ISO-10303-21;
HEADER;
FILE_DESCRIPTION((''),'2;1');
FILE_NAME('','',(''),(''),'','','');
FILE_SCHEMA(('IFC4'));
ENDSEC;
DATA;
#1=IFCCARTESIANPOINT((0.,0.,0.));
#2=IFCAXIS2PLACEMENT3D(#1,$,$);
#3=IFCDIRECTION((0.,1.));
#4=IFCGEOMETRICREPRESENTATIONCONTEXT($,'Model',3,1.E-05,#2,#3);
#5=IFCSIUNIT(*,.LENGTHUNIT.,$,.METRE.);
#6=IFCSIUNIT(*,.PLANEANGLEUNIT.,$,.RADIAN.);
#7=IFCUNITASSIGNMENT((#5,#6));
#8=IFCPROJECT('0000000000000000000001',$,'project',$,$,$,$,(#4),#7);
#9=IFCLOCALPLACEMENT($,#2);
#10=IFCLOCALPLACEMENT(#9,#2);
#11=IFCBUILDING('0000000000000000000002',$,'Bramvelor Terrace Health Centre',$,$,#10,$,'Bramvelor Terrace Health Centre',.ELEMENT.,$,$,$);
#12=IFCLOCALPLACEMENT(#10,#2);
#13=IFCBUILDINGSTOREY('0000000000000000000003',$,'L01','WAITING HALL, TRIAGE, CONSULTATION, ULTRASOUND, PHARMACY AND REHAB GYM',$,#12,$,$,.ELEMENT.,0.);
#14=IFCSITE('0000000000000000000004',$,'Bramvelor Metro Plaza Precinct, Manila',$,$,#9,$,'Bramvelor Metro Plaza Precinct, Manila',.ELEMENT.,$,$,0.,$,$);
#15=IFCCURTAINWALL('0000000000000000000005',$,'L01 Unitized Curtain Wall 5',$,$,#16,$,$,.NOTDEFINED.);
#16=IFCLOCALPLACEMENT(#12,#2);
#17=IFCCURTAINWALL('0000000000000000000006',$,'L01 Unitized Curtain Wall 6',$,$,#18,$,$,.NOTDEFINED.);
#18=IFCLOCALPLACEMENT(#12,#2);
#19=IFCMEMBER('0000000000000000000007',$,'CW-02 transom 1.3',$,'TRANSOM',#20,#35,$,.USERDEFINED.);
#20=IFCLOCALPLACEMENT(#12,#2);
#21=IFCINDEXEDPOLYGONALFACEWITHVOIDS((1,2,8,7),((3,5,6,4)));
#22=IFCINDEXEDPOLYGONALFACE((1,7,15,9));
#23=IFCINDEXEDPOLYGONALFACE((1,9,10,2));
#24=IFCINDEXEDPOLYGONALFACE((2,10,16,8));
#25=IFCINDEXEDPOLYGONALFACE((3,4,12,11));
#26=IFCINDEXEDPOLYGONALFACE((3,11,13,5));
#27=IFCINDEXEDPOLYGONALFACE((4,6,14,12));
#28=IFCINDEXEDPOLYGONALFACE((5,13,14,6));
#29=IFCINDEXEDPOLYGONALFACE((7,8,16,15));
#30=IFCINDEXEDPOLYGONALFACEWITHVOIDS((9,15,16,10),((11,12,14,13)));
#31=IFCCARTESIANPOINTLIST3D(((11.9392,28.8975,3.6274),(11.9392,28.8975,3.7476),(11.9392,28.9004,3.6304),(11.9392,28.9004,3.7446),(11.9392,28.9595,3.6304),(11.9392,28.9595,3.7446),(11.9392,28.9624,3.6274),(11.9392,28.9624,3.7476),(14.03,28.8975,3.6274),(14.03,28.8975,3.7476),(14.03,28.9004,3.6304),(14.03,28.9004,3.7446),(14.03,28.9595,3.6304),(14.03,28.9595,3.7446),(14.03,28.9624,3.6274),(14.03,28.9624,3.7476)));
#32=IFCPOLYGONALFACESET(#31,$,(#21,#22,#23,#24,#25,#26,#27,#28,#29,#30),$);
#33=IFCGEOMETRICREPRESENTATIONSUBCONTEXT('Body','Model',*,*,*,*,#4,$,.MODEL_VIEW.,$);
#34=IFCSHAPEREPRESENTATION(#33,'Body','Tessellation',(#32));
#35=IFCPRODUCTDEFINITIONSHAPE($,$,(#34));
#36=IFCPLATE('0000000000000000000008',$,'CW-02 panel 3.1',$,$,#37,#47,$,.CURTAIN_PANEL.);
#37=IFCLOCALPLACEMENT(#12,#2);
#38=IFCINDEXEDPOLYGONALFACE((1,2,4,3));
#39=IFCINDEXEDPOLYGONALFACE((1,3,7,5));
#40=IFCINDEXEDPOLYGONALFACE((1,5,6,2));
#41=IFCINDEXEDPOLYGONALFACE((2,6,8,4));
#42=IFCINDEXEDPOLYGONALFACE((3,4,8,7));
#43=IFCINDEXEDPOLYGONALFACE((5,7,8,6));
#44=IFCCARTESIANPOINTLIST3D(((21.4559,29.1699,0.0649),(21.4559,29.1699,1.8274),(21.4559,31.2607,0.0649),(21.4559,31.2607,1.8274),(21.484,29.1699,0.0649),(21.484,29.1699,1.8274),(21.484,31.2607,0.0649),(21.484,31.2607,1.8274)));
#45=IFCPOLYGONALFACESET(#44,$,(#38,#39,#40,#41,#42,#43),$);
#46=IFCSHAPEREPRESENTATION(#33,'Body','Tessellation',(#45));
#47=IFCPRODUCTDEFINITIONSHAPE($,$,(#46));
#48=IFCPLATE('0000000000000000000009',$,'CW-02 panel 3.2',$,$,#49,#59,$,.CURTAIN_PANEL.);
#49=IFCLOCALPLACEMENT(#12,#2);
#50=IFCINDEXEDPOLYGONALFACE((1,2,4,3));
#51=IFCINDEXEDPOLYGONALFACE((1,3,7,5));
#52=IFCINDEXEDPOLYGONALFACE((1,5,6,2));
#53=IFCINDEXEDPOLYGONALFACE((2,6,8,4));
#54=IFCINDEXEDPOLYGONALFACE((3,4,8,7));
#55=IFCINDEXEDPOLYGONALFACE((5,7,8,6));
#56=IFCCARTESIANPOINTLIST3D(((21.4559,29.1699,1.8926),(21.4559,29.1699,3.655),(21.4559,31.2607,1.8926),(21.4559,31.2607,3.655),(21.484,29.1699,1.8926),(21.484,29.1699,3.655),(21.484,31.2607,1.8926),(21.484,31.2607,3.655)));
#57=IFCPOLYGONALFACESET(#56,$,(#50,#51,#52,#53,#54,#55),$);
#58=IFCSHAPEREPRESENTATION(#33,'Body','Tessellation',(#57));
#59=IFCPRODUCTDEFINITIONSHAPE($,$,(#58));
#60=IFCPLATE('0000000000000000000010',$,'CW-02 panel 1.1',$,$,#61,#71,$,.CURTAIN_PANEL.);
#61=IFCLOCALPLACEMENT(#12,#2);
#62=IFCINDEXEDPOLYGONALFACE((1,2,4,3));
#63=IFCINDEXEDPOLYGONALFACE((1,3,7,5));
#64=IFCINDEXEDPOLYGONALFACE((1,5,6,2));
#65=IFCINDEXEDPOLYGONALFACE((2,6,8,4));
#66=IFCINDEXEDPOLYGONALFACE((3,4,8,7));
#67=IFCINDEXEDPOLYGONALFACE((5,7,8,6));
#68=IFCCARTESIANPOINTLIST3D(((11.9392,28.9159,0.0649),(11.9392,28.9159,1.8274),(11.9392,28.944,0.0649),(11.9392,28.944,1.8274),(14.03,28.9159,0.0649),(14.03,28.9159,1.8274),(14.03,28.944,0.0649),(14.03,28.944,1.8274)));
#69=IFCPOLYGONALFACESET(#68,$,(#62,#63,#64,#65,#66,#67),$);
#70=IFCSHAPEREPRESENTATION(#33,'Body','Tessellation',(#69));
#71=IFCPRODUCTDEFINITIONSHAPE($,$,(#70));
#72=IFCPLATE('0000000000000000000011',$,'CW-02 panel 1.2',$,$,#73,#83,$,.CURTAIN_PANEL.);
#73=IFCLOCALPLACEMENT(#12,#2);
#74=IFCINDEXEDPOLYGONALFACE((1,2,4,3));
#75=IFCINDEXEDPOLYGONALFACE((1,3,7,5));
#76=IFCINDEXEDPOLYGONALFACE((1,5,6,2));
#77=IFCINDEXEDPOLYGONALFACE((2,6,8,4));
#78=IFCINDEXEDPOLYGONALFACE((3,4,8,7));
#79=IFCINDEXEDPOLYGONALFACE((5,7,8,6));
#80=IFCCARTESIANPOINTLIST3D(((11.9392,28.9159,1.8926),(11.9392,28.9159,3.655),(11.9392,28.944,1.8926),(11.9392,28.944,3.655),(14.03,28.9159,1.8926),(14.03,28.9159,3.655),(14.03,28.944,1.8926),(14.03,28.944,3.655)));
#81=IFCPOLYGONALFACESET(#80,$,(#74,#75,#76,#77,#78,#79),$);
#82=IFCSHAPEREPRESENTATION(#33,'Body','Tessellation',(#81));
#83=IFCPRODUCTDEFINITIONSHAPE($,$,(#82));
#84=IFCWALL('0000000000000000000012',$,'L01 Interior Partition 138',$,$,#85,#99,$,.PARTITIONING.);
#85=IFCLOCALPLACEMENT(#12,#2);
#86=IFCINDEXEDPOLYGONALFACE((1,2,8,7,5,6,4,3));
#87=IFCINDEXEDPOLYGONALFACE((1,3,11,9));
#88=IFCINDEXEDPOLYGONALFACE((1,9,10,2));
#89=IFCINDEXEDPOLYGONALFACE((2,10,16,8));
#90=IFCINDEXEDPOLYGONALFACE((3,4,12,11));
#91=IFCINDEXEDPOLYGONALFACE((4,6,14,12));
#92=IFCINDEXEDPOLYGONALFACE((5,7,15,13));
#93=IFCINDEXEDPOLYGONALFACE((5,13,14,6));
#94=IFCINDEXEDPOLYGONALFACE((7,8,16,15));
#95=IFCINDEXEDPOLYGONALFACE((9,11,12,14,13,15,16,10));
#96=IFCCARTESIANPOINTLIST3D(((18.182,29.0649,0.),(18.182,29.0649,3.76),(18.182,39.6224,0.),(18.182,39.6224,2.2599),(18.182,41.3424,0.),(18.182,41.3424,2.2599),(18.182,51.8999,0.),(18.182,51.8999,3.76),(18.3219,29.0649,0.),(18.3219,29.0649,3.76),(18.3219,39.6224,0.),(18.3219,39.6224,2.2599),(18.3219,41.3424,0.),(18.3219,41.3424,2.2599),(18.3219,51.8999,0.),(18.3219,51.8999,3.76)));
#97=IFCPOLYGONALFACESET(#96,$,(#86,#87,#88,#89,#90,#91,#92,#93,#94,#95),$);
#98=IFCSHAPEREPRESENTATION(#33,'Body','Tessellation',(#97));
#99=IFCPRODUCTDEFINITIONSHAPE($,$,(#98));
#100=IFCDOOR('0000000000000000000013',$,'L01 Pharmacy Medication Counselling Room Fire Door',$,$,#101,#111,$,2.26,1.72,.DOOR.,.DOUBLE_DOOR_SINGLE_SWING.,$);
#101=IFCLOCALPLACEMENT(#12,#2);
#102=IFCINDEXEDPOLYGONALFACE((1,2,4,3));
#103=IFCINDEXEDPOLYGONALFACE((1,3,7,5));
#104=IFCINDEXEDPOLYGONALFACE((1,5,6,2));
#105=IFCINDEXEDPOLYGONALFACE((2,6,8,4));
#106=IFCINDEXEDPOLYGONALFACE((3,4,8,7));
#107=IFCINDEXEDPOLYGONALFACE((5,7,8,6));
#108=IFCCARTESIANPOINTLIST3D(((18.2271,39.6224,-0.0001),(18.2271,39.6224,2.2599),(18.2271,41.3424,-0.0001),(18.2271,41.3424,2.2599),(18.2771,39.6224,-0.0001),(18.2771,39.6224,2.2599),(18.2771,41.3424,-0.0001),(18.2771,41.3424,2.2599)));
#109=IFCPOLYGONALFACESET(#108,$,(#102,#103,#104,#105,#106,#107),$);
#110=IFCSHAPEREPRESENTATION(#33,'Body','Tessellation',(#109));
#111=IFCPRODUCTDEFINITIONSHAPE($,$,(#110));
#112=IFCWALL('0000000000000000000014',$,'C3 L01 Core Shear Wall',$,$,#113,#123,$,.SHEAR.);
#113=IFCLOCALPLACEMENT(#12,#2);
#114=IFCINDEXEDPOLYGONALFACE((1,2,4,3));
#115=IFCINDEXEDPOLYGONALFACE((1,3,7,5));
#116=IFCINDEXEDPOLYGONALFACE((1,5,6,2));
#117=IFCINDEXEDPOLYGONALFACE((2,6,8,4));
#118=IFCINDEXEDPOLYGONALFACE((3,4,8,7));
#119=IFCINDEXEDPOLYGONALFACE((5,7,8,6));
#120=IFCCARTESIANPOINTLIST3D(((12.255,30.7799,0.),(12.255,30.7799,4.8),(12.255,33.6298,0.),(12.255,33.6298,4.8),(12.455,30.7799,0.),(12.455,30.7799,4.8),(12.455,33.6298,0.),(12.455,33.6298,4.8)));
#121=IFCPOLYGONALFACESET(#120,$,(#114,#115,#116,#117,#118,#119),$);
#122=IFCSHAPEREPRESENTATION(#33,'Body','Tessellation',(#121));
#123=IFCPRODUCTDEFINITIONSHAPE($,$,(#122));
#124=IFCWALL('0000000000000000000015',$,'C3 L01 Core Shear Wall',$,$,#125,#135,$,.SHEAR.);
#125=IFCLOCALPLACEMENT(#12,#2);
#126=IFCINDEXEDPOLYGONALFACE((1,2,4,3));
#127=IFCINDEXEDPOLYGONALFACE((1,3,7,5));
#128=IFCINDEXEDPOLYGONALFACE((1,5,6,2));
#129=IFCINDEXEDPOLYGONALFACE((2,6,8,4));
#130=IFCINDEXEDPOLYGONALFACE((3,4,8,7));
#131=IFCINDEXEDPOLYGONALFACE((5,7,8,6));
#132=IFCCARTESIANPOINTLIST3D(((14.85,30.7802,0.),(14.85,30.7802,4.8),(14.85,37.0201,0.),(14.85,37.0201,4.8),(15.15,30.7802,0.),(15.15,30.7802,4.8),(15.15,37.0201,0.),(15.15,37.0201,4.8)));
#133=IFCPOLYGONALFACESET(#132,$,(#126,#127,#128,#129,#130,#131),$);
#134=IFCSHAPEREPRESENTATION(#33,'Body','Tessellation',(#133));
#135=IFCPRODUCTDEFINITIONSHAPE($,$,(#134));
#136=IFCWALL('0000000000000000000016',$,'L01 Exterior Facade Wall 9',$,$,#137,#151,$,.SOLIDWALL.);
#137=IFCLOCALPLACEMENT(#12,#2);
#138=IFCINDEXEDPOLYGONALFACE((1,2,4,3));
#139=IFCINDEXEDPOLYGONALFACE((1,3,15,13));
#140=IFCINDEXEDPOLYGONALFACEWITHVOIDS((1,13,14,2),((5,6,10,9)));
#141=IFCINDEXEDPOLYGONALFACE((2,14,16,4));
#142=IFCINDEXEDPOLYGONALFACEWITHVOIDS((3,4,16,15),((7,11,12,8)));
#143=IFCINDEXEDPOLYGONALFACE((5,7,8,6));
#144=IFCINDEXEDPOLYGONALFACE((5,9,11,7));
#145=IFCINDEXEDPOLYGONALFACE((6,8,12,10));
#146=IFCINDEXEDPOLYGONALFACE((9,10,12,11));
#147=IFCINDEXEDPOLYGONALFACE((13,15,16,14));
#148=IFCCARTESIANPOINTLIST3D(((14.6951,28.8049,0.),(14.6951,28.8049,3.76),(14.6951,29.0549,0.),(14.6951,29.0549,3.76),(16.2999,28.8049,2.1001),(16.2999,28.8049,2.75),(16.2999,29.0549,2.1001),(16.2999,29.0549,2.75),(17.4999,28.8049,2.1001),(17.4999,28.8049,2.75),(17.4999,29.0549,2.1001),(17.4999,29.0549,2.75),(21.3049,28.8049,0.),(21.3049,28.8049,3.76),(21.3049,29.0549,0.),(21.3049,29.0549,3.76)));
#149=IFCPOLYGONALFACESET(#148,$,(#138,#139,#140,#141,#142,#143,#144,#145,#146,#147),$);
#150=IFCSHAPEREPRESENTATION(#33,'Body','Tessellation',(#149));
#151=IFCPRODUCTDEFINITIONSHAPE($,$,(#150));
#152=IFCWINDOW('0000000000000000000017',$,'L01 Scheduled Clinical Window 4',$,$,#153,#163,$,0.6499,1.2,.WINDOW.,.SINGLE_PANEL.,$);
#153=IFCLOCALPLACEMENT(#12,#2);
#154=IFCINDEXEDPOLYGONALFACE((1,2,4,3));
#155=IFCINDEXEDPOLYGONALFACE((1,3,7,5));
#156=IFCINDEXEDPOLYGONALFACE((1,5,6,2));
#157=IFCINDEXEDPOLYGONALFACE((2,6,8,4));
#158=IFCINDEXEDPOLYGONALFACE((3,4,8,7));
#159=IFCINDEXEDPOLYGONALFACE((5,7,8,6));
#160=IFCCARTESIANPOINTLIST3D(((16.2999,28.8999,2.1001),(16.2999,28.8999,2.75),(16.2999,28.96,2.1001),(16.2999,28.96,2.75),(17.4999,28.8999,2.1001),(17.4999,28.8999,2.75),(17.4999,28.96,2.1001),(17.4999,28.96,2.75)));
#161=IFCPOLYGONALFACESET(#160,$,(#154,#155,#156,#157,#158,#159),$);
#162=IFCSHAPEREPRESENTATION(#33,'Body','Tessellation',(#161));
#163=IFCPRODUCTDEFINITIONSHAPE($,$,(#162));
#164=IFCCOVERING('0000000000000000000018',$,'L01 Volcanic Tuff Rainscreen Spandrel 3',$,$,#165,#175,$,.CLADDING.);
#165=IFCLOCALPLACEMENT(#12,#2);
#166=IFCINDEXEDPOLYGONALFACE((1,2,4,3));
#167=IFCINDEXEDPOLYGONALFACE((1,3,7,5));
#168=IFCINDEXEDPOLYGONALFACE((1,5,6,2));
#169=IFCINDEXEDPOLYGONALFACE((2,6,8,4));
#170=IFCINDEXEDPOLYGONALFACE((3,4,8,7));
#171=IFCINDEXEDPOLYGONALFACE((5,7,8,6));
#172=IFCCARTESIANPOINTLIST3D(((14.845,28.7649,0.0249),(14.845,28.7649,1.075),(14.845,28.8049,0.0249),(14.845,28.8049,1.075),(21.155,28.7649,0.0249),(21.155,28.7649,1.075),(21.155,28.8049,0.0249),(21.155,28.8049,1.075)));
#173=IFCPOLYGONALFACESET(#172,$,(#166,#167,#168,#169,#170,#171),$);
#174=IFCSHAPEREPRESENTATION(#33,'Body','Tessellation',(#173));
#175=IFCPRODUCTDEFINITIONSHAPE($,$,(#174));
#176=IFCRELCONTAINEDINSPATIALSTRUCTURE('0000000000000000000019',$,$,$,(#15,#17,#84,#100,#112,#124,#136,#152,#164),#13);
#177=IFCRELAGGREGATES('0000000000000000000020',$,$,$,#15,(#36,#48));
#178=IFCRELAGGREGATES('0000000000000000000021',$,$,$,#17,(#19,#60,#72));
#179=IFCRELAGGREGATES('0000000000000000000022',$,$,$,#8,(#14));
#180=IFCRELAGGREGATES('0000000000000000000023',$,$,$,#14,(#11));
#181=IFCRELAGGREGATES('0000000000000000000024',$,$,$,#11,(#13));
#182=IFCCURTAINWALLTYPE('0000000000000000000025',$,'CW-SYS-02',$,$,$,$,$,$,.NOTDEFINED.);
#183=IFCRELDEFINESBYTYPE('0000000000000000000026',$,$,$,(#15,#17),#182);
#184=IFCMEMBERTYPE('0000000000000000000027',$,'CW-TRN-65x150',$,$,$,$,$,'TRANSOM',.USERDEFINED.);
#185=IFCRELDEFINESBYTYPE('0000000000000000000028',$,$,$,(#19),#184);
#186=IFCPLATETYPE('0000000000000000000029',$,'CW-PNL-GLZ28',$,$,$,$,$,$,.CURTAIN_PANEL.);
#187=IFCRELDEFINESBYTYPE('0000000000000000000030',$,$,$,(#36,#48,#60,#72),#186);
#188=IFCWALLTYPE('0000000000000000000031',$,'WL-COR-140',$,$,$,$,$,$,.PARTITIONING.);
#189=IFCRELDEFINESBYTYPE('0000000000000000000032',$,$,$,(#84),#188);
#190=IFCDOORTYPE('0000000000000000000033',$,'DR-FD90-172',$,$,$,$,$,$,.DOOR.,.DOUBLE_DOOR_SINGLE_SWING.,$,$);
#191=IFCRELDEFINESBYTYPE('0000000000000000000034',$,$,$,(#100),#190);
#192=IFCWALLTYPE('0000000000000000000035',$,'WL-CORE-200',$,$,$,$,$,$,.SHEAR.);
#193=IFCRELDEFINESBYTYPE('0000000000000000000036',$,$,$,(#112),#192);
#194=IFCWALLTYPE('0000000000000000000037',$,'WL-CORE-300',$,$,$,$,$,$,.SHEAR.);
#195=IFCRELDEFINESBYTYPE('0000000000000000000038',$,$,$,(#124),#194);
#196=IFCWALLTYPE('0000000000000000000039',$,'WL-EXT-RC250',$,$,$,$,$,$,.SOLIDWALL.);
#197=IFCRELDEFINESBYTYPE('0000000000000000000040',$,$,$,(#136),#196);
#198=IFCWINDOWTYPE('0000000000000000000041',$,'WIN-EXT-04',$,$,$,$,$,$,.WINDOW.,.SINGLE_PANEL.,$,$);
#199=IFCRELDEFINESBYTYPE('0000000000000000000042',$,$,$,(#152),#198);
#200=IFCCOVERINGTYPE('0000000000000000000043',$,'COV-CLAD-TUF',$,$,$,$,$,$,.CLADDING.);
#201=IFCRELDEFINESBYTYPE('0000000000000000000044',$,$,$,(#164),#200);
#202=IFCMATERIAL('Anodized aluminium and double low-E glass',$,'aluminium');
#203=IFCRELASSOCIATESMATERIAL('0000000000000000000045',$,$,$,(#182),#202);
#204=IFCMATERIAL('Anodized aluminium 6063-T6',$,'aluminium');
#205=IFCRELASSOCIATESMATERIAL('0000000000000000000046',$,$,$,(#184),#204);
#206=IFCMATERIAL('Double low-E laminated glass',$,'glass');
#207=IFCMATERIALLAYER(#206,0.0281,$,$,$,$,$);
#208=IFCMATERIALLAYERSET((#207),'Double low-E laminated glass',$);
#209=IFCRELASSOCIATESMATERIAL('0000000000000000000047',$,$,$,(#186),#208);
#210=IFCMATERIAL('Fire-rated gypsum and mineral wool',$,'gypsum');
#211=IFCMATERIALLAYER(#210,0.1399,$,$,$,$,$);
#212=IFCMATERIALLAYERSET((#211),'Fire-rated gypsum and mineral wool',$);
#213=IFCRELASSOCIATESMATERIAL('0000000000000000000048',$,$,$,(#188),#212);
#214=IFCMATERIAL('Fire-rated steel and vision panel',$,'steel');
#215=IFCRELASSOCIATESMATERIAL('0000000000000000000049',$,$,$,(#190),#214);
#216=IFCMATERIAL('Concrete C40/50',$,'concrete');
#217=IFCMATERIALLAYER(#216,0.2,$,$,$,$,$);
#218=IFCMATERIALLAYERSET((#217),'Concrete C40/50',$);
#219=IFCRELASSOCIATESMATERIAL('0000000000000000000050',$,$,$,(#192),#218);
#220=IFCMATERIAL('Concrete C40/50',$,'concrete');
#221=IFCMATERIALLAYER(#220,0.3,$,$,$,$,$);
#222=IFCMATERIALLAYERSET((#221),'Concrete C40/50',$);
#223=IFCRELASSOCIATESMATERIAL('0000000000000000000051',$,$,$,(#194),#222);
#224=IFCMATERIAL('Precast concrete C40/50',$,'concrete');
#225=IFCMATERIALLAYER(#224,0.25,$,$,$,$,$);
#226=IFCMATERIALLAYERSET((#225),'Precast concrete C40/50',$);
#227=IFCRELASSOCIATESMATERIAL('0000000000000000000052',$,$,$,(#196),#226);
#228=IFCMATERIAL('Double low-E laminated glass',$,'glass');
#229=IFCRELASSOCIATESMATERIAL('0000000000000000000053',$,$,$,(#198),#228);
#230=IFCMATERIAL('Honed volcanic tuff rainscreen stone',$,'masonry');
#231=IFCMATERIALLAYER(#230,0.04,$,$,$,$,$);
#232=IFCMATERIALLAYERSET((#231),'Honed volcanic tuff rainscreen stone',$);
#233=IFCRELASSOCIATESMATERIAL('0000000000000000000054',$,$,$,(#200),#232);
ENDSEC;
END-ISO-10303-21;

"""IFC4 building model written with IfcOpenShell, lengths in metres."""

from ifc_helpers import new_model, si_unit, direction, frame, frame_2d, origin, origin_2d, place, context, subcontext, project, spatial, rectangle, hollow_rectangle, extrude, material, layer, layer_set, material_profile, profile_set, type_object, element, fill, aggregate, save


model = new_model("IFC4")

# Units and contexts
model_context = context("Model", 3, precision=1e-05, world=origin(), true_north=direction((0.0, 1.0)))
body_context = subcontext(model_context, "Body", "Model", "MODEL_VIEW")
ifc_project = project(units=[si_unit("LENGTHUNIT", "METRE"), si_unit("PLANEANGLEUNIT", "RADIAN")], contexts=[model_context])

# Site, building, storey
site_placement = place(None, origin())
site = spatial("IfcSite", under=ifc_project, at=site_placement, Name="Bramvelor Metro Plaza Precinct, Manila", LongName="Bramvelor Metro Plaza Precinct, Manila", CompositionType="ELEMENT", RefElevation=0.0)
building_placement = place(site_placement, origin())
building = spatial("IfcBuilding", under=site, at=building_placement, Name="Bramvelor Terrace Health Centre", LongName="Bramvelor Terrace Health Centre", CompositionType="ELEMENT")
storey_placement = place(building_placement, origin())
storey = spatial("IfcBuildingStorey", under=building, at=storey_placement, Name="L01", Description="WAITING HALL, TRIAGE, CONSULTATION, ULTRASOUND, PHARMACY AND REHAB GYM", CompositionType="ELEMENT", Elevation=0.0)

# Curtain walls
ifc_material_1 = material(Name="Anodized aluminium and double low-E glass", Category="aluminium")
curtain_wall_type = type_object("IfcCurtainWallType", Name="CW-SYS-02", PredefinedType="NOTDEFINED", material=ifc_material_1)
curtain_wall_1_placement = place(storey_placement, origin())
curtain_wall_1 = element("IfcCurtainWall", 1, at=curtain_wall_1_placement, inside=storey, type_object=curtain_wall_type, Name="L01 Unitized Curtain Wall 5", PredefinedType="NOTDEFINED")
curtain_wall_2_placement = place(storey_placement, origin())
curtain_wall_2 = element("IfcCurtainWall", 2, at=curtain_wall_2_placement, inside=storey, type_object=curtain_wall_type, Name="L01 Unitized Curtain Wall 6", PredefinedType="NOTDEFINED")

# Member
ifc_material_2 = material(Name="Anodized aluminium 6063-T6", Category="aluminium")
ifc_material_profile_1 = material_profile(ifc_material_2, hollow_rectangle(XDim=0.0649, YDim=0.1201, WallThickness=0.0029, at=origin_2d()), Name="ALU-TRN 65x120x3.0")
ifc_profile_set_1 = profile_set([ifc_material_profile_1], Name="Anodized aluminium 6063-T6")
member_type_1 = type_object("IfcMemberType", Name="CW-TRN-65x150", ElementType="TRANSOM", PredefinedType="USERDEFINED", material=ifc_profile_set_1)
member_1_placement = place(storey_placement, frame((14.03, 28.9299, 3.6875), z_axis=(-1.0, 0.0, 0.0), x_axis=(0.0, -1.0, 0.0)))
member_1 = element("IfcMember", 3, at=member_1_placement, type_object=member_type_1, Name="CW-02 transom 1.3", ObjectType="TRANSOM", PredefinedType="USERDEFINED", context=body_context, shape_type="SweptSolid", body=[
    extrude(hollow_rectangle(XDim=0.0649, YDim=0.1201, WallThickness=0.0029, at=origin_2d()), origin(), (0.0, 0.0, 1.0), 2.0908),
])

# Plates
ifc_material_3 = material(Name="Double low-E laminated glass", Category="glass")
ifc_layer_1 = layer(ifc_material_3, 0.0281)
ifc_layer_set_1 = layer_set([ifc_layer_1], Name="Double low-E laminated glass")
plate_type = type_object("IfcPlateType", Name="CW-PNL-GLZ28", PredefinedType="CURTAIN_PANEL", material=ifc_layer_set_1)
plate_1_placement = place(storey_placement, frame((21.47, 30.2153, 0.0649), z_axis=(0.0, 0.0, 1.0), x_axis=(0.0, -1.0, 0.0)))
plate_1 = element("IfcPlate", 4, at=plate_1_placement, type_object=plate_type, Name="CW-02 panel 3.1", PredefinedType="CURTAIN_PANEL", context=body_context, shape_type="SweptSolid", body=[
    extrude(rectangle(XDim=2.0908, YDim=0.0281, at=origin_2d()), origin(), (0.0, 0.0, 1.0), 1.7625),
])
plate_2_placement = place(storey_placement, frame((21.47, 30.2153, 1.8926), z_axis=(0.0, 0.0, 1.0), x_axis=(0.0, -1.0, 0.0)))
plate_2 = element("IfcPlate", 5, at=plate_2_placement, type_object=plate_type, Name="CW-02 panel 3.2", PredefinedType="CURTAIN_PANEL", context=body_context, shape_type="SweptSolid", body=[
    extrude(rectangle(XDim=2.0908, YDim=0.0281, at=origin_2d()), origin(), (0.0, 0.0, 1.0), 1.7625),
])
aggregate(curtain_wall_1, [plate_1, plate_2])
plate_3_placement = place(storey_placement, frame((12.9846, 28.9299, 0.0649), z_axis=(0.0, 0.0, 1.0), x_axis=(-1.0, 0.0, 0.0)))
plate_3 = element("IfcPlate", 6, at=plate_3_placement, type_object=plate_type, Name="CW-02 panel 1.1", PredefinedType="CURTAIN_PANEL", context=body_context, shape_type="SweptSolid", body=[
    extrude(rectangle(XDim=2.0908, YDim=0.0281, at=origin_2d()), origin(), (0.0, 0.0, 1.0), 1.7625),
])
plate_4_placement = place(storey_placement, frame((12.9846, 28.9299, 1.8926), z_axis=(0.0, 0.0, 1.0), x_axis=(-1.0, 0.0, 0.0)))
plate_4 = element("IfcPlate", 7, at=plate_4_placement, type_object=plate_type, Name="CW-02 panel 1.2", PredefinedType="CURTAIN_PANEL", context=body_context, shape_type="SweptSolid", body=[
    extrude(rectangle(XDim=2.0908, YDim=0.0281, at=origin_2d()), origin(), (0.0, 0.0, 1.0), 1.7625),
])
aggregate(curtain_wall_2, [member_1, plate_3, plate_4])

# Wall, opening, door
ifc_material_4 = material(Name="Fire-rated gypsum and mineral wool", Category="gypsum")
ifc_layer_2 = layer(ifc_material_4, 0.1399)
ifc_layer_set_2 = layer_set([ifc_layer_2], Name="Fire-rated gypsum and mineral wool")
wall_type_1 = type_object("IfcWallType", Name="WL-COR-140", PredefinedType="PARTITIONING", material=ifc_layer_set_2)
wall_1_placement = place(storey_placement, frame((18.252, 29.0649, 0.0), z_axis=(0.0, 0.0, 1.0), x_axis=(0.0, 1.0, 0.0)))
wall_1 = element("IfcWall", 8, at=wall_1_placement, inside=storey, type_object=wall_type_1, Name="L01 Interior Partition 138", PredefinedType="PARTITIONING", context=body_context, shape_type="SweptSolid", body=[
    extrude(rectangle(XDim=22.835, YDim=0.1399, at=frame_2d((11.4175, 0.0))), origin(), (0.0, 0.0, 1.0), 3.76),
])
opening_1_placement = place(wall_1_placement, frame((10.5576, 0.0, 0.0)))
opening_1 = element("IfcOpeningElement", 9, at=opening_1_placement, cuts=wall_1, PredefinedType="OPENING", context=body_context, shape_type="SweptSolid", body=[
    extrude(rectangle(XDim=1.72, YDim=2.26, at=frame_2d((0.8599, 1.1299))), frame((0.0, 0.0798, 0.0), z_axis=(0.0, -1.0, 0.0), x_axis=(1.0, 0.0, 0.0)), (0.0, 0.0, 1.0), 0.1599),
])
ifc_material_5 = material(Name="Fire-rated steel and vision panel", Category="steel")
door_type = type_object("IfcDoorType", Name="DR-FD90-172", OperationType="DOUBLE_DOOR_SINGLE_SWING", PredefinedType="DOOR", material=ifc_material_5)
door_placement = place(opening_1_placement, origin())
door = element("IfcDoor", 10, at=door_placement, inside=storey, type_object=door_type, Name="L01 Pharmacy Medication Counselling Room Fire Door", OperationType="DOUBLE_DOOR_SINGLE_SWING", OverallHeight=2.26, OverallWidth=1.72, PredefinedType="DOOR", context=body_context, shape_type="SweptSolid", body=[
    extrude(rectangle(XDim=1.72, YDim=2.26, at=frame_2d((0.8599, 1.1299))), frame((0.0, 0.0249, 0.0), z_axis=(0.0, -1.0, 0.0), x_axis=(1.0, 0.0, 0.0)), (0.0, 0.0, 1.0), 0.05),
])
fill(opening_1, door)

# Walls
ifc_material_6 = material(Name="Concrete C40/50", Category="concrete")
ifc_layer_3 = layer(ifc_material_6, 0.2)
ifc_layer_set_3 = layer_set([ifc_layer_3], Name="Concrete C40/50")
wall_type_2 = type_object("IfcWallType", Name="WL-CORE-200", PredefinedType="SHEAR", material=ifc_layer_set_3)
wall_2_placement = place(storey_placement, frame((12.355, 30.78, 0.0), z_axis=(0.0, 0.0, 1.0), x_axis=(0.0, 1.0, 0.0)))
element("IfcWall", 11, at=wall_2_placement, inside=storey, type_object=wall_type_2, Name="C3 L01 Core Shear Wall", PredefinedType="SHEAR", context=body_context, shape_type="SweptSolid", body=[
    extrude(rectangle(XDim=2.8499, YDim=0.2, at=frame_2d((1.4248, 0.0))), origin(), (0.0, 0.0, 1.0), 4.8),
])
ifc_material_7 = material(Name="Concrete C40/50", Category="concrete")
ifc_layer_4 = layer(ifc_material_7, 0.3)
ifc_layer_set_4 = layer_set([ifc_layer_4], Name="Concrete C40/50")
wall_type_3 = type_object("IfcWallType", Name="WL-CORE-300", PredefinedType="SHEAR", material=ifc_layer_set_4)
wall_3_placement = place(storey_placement, frame((15.0, 30.78, 0.0), z_axis=(0.0, 0.0, 1.0), x_axis=(0.0, 1.0, 0.0)))
element("IfcWall", 12, at=wall_3_placement, inside=storey, type_object=wall_type_3, Name="C3 L01 Core Shear Wall", PredefinedType="SHEAR", context=body_context, shape_type="SweptSolid", body=[
    extrude(rectangle(XDim=6.24, YDim=0.3, at=frame_2d((3.1201, 0.0))), origin(), (0.0, 0.0, 1.0), 4.8),
])

# Wall, opening, window
ifc_material_8 = material(Name="Precast concrete C40/50", Category="concrete")
ifc_layer_5 = layer(ifc_material_8, 0.25)
ifc_layer_set_5 = layer_set([ifc_layer_5], Name="Precast concrete C40/50")
wall_type_4 = type_object("IfcWallType", Name="WL-EXT-RC250", PredefinedType="SOLIDWALL", material=ifc_layer_set_5)
wall_4_placement = place(storey_placement, frame((21.3049, 28.9299, 0.0), z_axis=(0.0, 0.0, 1.0), x_axis=(-1.0, 0.0, 0.0)))
wall_4 = element("IfcWall", 13, at=wall_4_placement, inside=storey, type_object=wall_type_4, Name="L01 Exterior Facade Wall 9", PredefinedType="SOLIDWALL", context=body_context, shape_type="SweptSolid", body=[
    extrude(rectangle(XDim=6.6099, YDim=0.25, at=frame_2d((3.3049, 0.0))), origin(), (0.0, 0.0, 1.0), 3.76),
])
opening_2_placement = place(wall_4_placement, frame((3.8049, 0.0, 2.1001)))
opening_2 = element("IfcOpeningElement", 14, at=opening_2_placement, cuts=wall_4, PredefinedType="OPENING", context=body_context, shape_type="SweptSolid", body=[
    extrude(rectangle(XDim=1.2, YDim=0.6499, at=frame_2d((0.6001, 0.325))), frame((0.0, 0.135, 0.0), z_axis=(0.0, -1.0, 0.0), x_axis=(1.0, 0.0, 0.0)), (0.0, 0.0, 1.0), 0.27),
])
ifc_material_9 = material(Name="Double low-E laminated glass", Category="glass")
window_type = type_object("IfcWindowType", Name="WIN-EXT-04", PartitioningType="SINGLE_PANEL", PredefinedType="WINDOW", material=ifc_material_9)
window_placement = place(opening_2_placement, origin())
window = element("IfcWindow", 15, at=window_placement, inside=storey, type_object=window_type, Name="L01 Scheduled Clinical Window 4", OverallHeight=0.6499, OverallWidth=1.2, PartitioningType="SINGLE_PANEL", PredefinedType="WINDOW", context=body_context, shape_type="SweptSolid", body=[
    extrude(rectangle(XDim=1.2, YDim=0.6499, at=frame_2d((0.6001, 0.325))), frame((0.0, 0.03, 0.0), z_axis=(0.0, -1.0, 0.0), x_axis=(1.0, 0.0, 0.0)), (0.0, 0.0, 1.0), 0.0601),
])
fill(opening_2, window)

# Covering
ifc_material_10 = material(Name="Honed volcanic tuff rainscreen stone", Category="masonry")
ifc_layer_6 = layer(ifc_material_10, 0.04)
ifc_layer_set_6 = layer_set([ifc_layer_6], Name="Honed volcanic tuff rainscreen stone")
covering_type = type_object("IfcCoveringType", Name="COV-CLAD-TUF", PredefinedType="CLADDING", material=ifc_layer_set_6)
covering_placement = place(storey_placement, frame((18.0, 28.7849, 0.0249), z_axis=(0.0, 0.0, 1.0), x_axis=(1.0, 0.0, 0.0)))
element("IfcCovering", 16, at=covering_placement, inside=storey, type_object=covering_type, Name="L01 Volcanic Tuff Rainscreen Spandrel 3", PredefinedType="CLADDING", context=body_context, shape_type="SweptSolid", body=[
    extrude(rectangle(XDim=6.3101, YDim=0.04, at=origin_2d()), origin(), (0.0, 0.0, 1.0), 1.05),
])

save(model, "model.ifc")
